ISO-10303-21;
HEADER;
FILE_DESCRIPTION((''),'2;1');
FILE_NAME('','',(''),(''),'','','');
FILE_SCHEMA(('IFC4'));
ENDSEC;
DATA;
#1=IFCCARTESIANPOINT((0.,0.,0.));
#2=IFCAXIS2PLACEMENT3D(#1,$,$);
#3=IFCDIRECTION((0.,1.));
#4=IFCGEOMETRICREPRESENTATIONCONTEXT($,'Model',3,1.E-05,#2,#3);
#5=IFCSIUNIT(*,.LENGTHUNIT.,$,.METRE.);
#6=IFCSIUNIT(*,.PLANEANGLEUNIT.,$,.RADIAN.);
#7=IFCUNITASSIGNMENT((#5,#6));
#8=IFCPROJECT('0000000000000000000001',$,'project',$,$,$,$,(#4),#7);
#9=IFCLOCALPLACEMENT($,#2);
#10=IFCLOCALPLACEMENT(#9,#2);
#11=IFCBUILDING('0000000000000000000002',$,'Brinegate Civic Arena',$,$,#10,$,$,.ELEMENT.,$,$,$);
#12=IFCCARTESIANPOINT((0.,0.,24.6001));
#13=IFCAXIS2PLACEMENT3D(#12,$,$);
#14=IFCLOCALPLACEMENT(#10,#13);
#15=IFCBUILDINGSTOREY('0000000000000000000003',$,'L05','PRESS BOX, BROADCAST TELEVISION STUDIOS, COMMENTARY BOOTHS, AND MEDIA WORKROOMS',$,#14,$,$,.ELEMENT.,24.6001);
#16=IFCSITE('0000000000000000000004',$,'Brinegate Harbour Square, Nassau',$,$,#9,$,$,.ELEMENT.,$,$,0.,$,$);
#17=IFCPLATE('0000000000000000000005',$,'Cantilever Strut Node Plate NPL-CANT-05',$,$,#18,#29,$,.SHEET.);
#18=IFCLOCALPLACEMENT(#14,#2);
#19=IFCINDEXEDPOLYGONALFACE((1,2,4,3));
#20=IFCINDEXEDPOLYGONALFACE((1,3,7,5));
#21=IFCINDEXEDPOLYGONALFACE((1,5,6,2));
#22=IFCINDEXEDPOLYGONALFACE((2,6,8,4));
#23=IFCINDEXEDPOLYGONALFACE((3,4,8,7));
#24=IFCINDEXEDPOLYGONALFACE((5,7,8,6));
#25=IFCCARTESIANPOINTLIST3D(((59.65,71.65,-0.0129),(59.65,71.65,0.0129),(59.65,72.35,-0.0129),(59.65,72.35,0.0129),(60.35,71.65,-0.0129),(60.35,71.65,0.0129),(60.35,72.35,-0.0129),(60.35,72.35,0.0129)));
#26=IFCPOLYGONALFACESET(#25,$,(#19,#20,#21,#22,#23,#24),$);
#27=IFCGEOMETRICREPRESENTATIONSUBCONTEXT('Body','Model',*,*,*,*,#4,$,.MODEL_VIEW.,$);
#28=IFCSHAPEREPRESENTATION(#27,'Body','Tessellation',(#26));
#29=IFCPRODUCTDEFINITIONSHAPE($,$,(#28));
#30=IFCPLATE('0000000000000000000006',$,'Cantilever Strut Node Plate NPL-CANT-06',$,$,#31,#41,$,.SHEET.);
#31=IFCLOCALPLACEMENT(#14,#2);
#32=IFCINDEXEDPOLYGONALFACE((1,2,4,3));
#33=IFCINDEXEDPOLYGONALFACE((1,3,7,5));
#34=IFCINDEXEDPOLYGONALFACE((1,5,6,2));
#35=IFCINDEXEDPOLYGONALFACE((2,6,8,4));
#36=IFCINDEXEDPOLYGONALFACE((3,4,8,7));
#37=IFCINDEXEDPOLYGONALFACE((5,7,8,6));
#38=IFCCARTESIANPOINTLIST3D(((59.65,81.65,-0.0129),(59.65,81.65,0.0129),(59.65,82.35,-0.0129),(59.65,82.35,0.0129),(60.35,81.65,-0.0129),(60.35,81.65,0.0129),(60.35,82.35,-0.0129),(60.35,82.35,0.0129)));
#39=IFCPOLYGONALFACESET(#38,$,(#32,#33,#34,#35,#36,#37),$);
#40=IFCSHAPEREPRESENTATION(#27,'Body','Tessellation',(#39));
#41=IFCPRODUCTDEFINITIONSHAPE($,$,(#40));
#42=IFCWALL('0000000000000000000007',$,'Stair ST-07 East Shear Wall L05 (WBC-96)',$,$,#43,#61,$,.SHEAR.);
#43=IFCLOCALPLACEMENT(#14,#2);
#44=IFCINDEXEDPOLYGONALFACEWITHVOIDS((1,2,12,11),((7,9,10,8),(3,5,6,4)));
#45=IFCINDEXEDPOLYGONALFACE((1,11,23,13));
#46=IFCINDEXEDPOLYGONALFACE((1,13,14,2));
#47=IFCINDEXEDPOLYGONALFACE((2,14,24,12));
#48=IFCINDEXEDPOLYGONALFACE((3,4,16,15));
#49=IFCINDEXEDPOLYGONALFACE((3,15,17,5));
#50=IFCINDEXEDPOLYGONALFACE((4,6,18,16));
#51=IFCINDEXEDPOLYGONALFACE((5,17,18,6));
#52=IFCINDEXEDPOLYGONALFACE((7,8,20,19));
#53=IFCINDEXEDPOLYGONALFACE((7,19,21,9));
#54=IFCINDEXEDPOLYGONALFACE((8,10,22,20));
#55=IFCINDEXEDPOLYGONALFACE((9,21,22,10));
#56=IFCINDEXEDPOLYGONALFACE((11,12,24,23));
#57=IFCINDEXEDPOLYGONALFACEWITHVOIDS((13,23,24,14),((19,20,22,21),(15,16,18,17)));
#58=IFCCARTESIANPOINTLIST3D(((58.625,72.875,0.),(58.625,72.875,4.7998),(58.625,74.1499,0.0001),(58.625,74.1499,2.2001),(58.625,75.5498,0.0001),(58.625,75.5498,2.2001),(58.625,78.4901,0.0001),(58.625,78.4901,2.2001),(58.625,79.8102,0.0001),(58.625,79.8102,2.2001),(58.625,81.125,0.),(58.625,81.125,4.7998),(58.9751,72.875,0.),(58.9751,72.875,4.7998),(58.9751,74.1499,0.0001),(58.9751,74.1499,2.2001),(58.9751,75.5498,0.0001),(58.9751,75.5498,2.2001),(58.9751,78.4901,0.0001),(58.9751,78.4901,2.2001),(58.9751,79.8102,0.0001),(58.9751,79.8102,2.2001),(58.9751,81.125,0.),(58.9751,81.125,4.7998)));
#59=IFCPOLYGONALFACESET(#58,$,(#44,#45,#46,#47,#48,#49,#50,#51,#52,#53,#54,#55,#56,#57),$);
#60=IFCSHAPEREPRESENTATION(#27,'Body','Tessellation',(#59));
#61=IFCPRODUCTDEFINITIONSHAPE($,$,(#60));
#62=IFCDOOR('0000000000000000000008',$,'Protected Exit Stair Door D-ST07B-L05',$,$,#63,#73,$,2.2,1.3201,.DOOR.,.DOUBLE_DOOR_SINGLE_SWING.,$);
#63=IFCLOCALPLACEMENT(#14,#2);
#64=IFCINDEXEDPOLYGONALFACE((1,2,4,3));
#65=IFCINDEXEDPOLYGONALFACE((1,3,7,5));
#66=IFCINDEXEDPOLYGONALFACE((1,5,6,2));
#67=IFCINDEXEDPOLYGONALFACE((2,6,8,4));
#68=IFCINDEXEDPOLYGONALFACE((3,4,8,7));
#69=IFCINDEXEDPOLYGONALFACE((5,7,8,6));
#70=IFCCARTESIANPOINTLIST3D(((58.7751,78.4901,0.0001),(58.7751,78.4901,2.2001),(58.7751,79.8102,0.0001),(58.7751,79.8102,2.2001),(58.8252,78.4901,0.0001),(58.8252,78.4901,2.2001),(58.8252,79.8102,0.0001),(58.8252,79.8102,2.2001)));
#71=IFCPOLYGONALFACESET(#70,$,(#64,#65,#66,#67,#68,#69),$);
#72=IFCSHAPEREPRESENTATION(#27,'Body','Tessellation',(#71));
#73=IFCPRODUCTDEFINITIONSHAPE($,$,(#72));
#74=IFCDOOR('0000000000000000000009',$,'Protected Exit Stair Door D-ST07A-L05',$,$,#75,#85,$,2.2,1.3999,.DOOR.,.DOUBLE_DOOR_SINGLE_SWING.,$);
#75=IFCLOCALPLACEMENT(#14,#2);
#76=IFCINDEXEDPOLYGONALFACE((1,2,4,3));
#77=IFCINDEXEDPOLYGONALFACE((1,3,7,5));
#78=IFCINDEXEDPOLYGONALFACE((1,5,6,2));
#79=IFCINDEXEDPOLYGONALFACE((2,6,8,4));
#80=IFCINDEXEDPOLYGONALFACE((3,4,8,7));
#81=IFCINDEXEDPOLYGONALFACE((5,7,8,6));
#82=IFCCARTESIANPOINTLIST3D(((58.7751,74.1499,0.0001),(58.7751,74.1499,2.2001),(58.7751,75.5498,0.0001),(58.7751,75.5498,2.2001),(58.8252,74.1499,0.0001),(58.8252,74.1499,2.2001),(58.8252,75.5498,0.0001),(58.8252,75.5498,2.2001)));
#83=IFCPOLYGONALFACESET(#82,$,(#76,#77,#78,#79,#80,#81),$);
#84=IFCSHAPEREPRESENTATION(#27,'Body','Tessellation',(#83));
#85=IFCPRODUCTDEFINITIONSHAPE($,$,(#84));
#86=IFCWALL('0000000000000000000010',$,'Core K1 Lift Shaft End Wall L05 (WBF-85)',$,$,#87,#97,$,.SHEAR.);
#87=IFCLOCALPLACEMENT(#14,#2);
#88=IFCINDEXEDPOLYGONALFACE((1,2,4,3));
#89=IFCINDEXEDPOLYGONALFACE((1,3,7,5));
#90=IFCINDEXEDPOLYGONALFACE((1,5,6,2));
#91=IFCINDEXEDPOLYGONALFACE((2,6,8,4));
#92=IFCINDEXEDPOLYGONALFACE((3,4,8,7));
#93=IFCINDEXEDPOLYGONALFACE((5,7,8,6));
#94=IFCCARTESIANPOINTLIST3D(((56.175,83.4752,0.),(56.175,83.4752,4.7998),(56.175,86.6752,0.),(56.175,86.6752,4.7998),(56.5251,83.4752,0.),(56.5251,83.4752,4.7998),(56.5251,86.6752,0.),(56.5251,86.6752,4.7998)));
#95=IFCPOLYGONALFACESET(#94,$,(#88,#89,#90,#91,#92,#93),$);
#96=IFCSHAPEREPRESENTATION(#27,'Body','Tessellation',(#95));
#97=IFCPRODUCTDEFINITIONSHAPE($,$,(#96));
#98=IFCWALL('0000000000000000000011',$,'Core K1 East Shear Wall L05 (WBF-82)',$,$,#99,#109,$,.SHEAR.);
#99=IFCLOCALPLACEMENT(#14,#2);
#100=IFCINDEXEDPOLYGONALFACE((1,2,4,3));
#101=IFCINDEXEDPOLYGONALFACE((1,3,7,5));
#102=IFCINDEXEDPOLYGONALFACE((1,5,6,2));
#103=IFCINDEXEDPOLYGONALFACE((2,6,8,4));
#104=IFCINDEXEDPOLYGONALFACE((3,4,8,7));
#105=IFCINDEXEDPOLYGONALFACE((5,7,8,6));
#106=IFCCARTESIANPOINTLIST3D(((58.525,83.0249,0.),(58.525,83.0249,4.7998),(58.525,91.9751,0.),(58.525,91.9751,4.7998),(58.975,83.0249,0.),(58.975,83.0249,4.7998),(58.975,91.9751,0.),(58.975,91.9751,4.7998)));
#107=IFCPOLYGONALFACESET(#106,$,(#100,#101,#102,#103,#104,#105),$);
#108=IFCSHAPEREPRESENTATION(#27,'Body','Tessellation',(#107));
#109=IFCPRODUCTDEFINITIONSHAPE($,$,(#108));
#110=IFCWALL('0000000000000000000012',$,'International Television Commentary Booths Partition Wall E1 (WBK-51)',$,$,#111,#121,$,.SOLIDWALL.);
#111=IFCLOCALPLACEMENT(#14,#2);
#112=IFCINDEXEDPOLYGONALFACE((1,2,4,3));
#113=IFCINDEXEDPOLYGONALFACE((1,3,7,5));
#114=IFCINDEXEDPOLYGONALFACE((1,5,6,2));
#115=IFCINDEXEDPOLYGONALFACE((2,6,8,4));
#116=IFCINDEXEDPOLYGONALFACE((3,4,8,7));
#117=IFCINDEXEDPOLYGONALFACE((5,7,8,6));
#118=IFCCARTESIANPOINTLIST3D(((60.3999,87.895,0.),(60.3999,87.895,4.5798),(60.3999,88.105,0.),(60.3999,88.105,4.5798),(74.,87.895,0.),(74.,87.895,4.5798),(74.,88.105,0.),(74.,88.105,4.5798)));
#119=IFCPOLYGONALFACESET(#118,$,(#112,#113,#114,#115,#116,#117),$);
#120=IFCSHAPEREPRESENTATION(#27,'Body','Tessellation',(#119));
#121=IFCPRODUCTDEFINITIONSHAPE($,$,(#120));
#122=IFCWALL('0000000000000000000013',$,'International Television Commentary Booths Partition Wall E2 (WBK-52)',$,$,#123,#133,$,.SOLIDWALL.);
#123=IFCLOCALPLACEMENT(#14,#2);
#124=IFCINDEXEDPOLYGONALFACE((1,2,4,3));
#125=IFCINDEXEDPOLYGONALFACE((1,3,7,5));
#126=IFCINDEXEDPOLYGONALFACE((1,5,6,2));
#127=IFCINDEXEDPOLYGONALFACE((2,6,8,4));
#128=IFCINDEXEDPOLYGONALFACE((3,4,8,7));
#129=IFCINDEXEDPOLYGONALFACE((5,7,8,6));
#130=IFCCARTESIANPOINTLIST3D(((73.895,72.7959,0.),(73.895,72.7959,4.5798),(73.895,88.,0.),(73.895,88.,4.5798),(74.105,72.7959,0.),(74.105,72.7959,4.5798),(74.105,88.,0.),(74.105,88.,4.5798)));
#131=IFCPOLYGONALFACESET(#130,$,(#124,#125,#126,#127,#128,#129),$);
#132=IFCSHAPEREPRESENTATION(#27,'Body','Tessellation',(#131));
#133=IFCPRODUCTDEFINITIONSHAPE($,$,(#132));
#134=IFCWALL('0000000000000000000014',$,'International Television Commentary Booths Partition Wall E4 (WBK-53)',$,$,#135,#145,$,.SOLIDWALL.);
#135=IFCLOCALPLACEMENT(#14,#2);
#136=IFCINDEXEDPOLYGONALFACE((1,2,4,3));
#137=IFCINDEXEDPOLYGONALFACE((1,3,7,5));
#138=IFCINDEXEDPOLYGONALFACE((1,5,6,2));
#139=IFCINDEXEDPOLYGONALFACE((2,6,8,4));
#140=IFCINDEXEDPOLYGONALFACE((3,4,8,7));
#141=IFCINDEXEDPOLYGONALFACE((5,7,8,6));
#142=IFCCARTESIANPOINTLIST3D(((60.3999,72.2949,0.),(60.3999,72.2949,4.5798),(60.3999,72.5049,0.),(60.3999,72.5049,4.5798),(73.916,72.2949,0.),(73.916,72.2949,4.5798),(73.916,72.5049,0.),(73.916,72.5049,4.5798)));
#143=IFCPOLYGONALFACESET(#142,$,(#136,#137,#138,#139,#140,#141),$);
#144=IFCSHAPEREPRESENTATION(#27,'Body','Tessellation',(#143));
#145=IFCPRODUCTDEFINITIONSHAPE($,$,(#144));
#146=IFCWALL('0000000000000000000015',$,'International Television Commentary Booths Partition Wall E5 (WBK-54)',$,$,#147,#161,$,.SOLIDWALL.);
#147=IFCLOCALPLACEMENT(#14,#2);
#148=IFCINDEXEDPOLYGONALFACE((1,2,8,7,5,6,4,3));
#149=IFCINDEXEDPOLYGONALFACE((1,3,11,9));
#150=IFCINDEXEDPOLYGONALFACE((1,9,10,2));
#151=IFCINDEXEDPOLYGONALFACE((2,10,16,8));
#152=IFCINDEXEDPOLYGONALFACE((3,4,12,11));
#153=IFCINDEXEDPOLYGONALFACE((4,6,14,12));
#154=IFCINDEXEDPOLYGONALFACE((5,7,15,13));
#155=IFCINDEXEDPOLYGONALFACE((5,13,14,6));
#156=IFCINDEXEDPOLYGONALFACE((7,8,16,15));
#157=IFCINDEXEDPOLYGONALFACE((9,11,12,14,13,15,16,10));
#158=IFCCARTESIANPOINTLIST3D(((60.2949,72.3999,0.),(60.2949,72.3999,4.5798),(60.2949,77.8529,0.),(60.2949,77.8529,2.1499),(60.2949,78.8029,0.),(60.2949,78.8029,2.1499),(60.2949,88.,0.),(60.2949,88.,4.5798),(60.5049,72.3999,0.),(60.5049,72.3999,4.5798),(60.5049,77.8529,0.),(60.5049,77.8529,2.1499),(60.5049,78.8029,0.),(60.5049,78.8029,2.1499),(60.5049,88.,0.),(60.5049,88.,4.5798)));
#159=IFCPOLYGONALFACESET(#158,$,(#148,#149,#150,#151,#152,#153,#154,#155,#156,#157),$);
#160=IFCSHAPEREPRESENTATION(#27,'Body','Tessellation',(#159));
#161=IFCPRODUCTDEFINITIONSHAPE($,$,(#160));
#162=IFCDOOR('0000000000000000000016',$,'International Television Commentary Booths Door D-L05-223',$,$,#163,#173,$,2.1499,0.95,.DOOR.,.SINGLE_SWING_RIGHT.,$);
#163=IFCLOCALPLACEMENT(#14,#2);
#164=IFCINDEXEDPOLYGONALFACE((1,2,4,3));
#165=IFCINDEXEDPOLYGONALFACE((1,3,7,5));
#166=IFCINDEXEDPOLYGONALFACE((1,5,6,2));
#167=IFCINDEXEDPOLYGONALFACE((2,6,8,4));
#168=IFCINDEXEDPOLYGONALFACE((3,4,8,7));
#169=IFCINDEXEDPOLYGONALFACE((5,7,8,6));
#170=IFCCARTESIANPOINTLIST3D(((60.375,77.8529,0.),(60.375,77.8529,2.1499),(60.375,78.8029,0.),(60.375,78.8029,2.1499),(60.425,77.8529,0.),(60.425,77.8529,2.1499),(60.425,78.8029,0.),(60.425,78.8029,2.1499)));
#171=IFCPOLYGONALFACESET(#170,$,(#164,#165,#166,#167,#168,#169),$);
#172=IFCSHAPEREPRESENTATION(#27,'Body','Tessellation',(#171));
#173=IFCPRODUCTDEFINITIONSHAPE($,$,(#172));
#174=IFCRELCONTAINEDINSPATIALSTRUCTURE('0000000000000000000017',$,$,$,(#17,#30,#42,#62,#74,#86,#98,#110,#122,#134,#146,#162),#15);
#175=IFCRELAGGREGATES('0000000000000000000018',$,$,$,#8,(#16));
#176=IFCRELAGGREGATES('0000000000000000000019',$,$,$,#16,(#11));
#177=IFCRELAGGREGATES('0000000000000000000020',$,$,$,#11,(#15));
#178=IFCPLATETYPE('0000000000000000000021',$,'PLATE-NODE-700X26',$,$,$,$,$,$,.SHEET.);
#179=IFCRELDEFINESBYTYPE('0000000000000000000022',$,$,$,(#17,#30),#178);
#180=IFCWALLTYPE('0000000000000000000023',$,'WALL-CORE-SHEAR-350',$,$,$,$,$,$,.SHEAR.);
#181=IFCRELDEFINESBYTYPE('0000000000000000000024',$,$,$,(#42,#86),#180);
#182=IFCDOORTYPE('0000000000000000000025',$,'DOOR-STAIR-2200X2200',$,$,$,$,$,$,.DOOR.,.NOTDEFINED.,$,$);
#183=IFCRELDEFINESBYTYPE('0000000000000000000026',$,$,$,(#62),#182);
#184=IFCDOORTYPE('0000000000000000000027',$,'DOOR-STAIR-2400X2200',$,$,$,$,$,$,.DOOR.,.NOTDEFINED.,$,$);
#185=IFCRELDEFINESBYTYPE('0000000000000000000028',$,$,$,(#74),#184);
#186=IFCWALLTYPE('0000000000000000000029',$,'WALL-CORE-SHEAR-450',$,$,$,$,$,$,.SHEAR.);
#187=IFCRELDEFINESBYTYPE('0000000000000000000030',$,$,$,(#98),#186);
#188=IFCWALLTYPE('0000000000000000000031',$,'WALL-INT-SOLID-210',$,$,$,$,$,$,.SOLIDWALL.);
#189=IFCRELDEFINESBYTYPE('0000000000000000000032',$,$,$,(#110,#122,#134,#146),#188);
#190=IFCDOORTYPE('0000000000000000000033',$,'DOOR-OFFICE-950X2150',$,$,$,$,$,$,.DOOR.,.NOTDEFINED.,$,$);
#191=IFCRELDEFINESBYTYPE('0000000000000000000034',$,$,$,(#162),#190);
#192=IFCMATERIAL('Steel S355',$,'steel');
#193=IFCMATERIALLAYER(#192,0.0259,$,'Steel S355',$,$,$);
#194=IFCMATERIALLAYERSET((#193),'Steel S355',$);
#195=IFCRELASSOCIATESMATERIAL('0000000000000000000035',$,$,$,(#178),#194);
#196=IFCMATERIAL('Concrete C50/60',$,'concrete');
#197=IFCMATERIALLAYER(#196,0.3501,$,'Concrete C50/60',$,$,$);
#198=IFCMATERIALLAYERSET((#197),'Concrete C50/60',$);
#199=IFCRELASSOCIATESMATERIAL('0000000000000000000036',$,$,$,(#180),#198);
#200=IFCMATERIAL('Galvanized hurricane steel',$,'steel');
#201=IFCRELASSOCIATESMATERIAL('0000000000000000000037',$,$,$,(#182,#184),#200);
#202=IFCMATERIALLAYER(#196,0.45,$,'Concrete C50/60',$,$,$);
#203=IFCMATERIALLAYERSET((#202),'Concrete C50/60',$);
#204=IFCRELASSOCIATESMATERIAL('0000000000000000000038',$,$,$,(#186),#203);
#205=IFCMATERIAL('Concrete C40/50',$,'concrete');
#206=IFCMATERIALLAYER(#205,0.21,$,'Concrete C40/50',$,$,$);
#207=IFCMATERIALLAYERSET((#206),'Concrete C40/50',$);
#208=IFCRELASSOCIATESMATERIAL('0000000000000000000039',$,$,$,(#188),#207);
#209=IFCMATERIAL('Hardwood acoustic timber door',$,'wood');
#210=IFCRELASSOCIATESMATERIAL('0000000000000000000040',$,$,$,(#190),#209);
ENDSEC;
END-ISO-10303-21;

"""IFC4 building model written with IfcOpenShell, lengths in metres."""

from ifc_helpers import new_model, si_unit, direction, frame, frame_2d, origin, origin_2d, place, context, subcontext, project, spatial, rectangle, extrude, material, layer, layer_set, type_object, element, fill, save


model = new_model("IFC4")

# Units and contexts
model_context = context("Model", 3, precision=1e-05, world=origin(), true_north=direction((0.0, 1.0)))
body_context = subcontext(model_context, "Body", "Model", "MODEL_VIEW")
ifc_project = project(units=[si_unit("LENGTHUNIT", "METRE"), si_unit("PLANEANGLEUNIT", "RADIAN")], contexts=[model_context])

# Site, building, storey
site_placement = place(None, origin())
site = spatial("IfcSite", under=ifc_project, at=site_placement, Name="Brinegate Harbour Square, Nassau", CompositionType="ELEMENT", RefElevation=0.0)
building_placement = place(site_placement, origin())
building = spatial("IfcBuilding", under=site, at=building_placement, Name="Brinegate Civic Arena", CompositionType="ELEMENT")
storey_placement = place(building_placement, frame((0.0, 0.0, 24.6001)))
storey = spatial("IfcBuildingStorey", under=building, at=storey_placement, Name="L05", Description="PRESS BOX, BROADCAST TELEVISION STUDIOS, COMMENTARY BOOTHS, AND MEDIA WORKROOMS", CompositionType="ELEMENT", Elevation=24.6001)

# Shared definitions
ifc_material_1 = material(Name="Steel S355", Category="steel")

# Shared definitions
ifc_material_2 = material(Name="Concrete C50/60", Category="concrete")

# Plates
ifc_layer_1 = layer(ifc_material_1, 0.0259, Name="Steel S355")
ifc_layer_set_1 = layer_set([ifc_layer_1], Name="Steel S355")
plate_type = type_object("IfcPlateType", Name="PLATE-NODE-700X26", PredefinedType="SHEET", material=ifc_layer_set_1)
for number, where, z_axis, x_axis, name in (
    (1, (60.0, 72.0, -0.0129), (0.0, 0.0, 1.0), (1.0, 0.0, 0.0), "Cantilever Strut Node Plate NPL-CANT-05"),
    (2, (60.0, 82.0, -0.0129), (0.0, 0.0, 1.0), (1.0, 0.0, 0.0), "Cantilever Strut Node Plate NPL-CANT-06"),
):
    element("IfcPlate", number, at=place(storey_placement, frame(where, z_axis=z_axis, x_axis=x_axis)), inside=storey, type_object=plate_type, Name=name, PredefinedType="SHEET", context=body_context, shape_type="SweptSolid", body=[
        extrude(rectangle(XDim=0.7, YDim=0.7, at=origin_2d()), origin(), (0.0, 0.0, 1.0), 0.0259),
    ])

# Wall, openings, doors
ifc_layer_2 = layer(ifc_material_2, 0.3501, Name="Concrete C50/60")
ifc_layer_set_2 = layer_set([ifc_layer_2], Name="Concrete C50/60")
wall_type_1 = type_object("IfcWallType", Name="WALL-CORE-SHEAR-350", PredefinedType="SHEAR", material=ifc_layer_set_2)
wall_1_placement = place(storey_placement, frame((58.8, 72.875, 0.0), z_axis=(0.0, 0.0, 1.0), x_axis=(0.0, 1.0, 0.0)))
wall_1 = element("IfcWall", 3, at=wall_1_placement, inside=storey, type_object=wall_type_1, Name="Stair ST-07 East Shear Wall L05 (WBC-96)", PredefinedType="SHEAR", context=body_context, shape_type="SweptSolid", body=[
    extrude(rectangle(XDim=8.25, YDim=0.3501, at=frame_2d((4.125, 0.0))), origin(), (0.0, 0.0, 1.0), 4.7998),
])
opening_1_placement = place(wall_1_placement, frame((1.2749, 0.0, 0.0)))
opening_1 = element("IfcOpeningElement", 4, at=opening_1_placement, cuts=wall_1, PredefinedType="OPENING", context=body_context, shape_type="SweptSolid", body=[
    extrude(rectangle(XDim=1.3999, YDim=2.2, at=frame_2d((0.7, 1.1001))), frame((0.0, 0.1851, 0.0), z_axis=(0.0, -1.0, 0.0), x_axis=(1.0, 0.0, 0.0)), (0.0, 0.0, 1.0), 0.3701),
])
opening_2_placement = place(wall_1_placement, frame((5.615, 0.0, 0.0)))
opening_2 = element("IfcOpeningElement", 5, at=opening_2_placement, cuts=wall_1, PredefinedType="OPENING", context=body_context, shape_type="SweptSolid", body=[
    extrude(rectangle(XDim=1.3201, YDim=2.2, at=frame_2d((0.6602, 1.1001))), frame((0.0, 0.1851, 0.0), z_axis=(0.0, -1.0, 0.0), x_axis=(1.0, 0.0, 0.0)), (0.0, 0.0, 1.0), 0.3701),
])
ifc_material_3 = material(Name="Galvanized hurricane steel", Category="steel")
door_type_1 = type_object("IfcDoorType", Name="DOOR-STAIR-2200X2200", OperationType="NOTDEFINED", PredefinedType="DOOR", material=ifc_material_3)
door_1_placement = place(opening_2_placement, origin())
door_1 = element("IfcDoor", 6, at=door_1_placement, inside=storey, type_object=door_type_1, Name="Protected Exit Stair Door D-ST07B-L05", OperationType="DOUBLE_DOOR_SINGLE_SWING", OverallHeight=2.2, OverallWidth=1.3201, PredefinedType="DOOR", context=body_context, shape_type="SweptSolid", body=[
    extrude(rectangle(XDim=1.3201, YDim=2.2, at=frame_2d((0.6602, 1.1001))), frame((0.0, 0.0249, 0.0), z_axis=(0.0, -1.0, 0.0), x_axis=(1.0, 0.0, 0.0)), (0.0, 0.0, 1.0), 0.05),
])
fill(opening_2, door_1)
door_type_2 = type_object("IfcDoorType", Name="DOOR-STAIR-2400X2200", OperationType="NOTDEFINED", PredefinedType="DOOR", material=ifc_material_3)
door_2_placement = place(opening_1_placement, origin())
door_2 = element("IfcDoor", 7, at=door_2_placement, inside=storey, type_object=door_type_2, Name="Protected Exit Stair Door D-ST07A-L05", OperationType="DOUBLE_DOOR_SINGLE_SWING", OverallHeight=2.2, OverallWidth=1.3999, PredefinedType="DOOR", context=body_context, shape_type="SweptSolid", body=[
    extrude(rectangle(XDim=1.3999, YDim=2.2, at=frame_2d((0.7, 1.1001))), frame((0.0, 0.0249, 0.0), z_axis=(0.0, -1.0, 0.0), x_axis=(1.0, 0.0, 0.0)), (0.0, 0.0, 1.0), 0.05),
])
fill(opening_1, door_2)

# Walls
wall_2_placement = place(storey_placement, frame((56.3501, 83.4751, 0.0), z_axis=(0.0, 0.0, 1.0), x_axis=(0.0, 1.0, 0.0)))
element("IfcWall", 8, at=wall_2_placement, inside=storey, type_object=wall_type_1, Name="Core K1 Lift Shaft End Wall L05 (WBF-85)", PredefinedType="SHEAR", context=body_context, shape_type="SweptSolid", body=[
    extrude(rectangle(XDim=3.2, YDim=0.3501, at=frame_2d((1.6001, 0.0))), origin(), (0.0, 0.0, 1.0), 4.7998),
])
ifc_layer_3 = layer(ifc_material_2, 0.45, Name="Concrete C50/60")
ifc_layer_set_3 = layer_set([ifc_layer_3], Name="Concrete C50/60")
wall_type_2 = type_object("IfcWallType", Name="WALL-CORE-SHEAR-450", PredefinedType="SHEAR", material=ifc_layer_set_3)
wall_3_placement = place(storey_placement, frame((58.75, 83.0249, 0.0), z_axis=(0.0, 0.0, 1.0), x_axis=(0.0, 1.0, 0.0)))
element("IfcWall", 9, at=wall_3_placement, inside=storey, type_object=wall_type_2, Name="Core K1 East Shear Wall L05 (WBF-82)", PredefinedType="SHEAR", context=body_context, shape_type="SweptSolid", body=[
    extrude(rectangle(XDim=8.9502, YDim=0.45, at=frame_2d((4.4751, 0.0))), origin(), (0.0, 0.0, 1.0), 4.7998),
])
ifc_material_4 = material(Name="Concrete C40/50", Category="concrete")
ifc_layer_4 = layer(ifc_material_4, 0.21, Name="Concrete C40/50")
ifc_layer_set_4 = layer_set([ifc_layer_4], Name="Concrete C40/50")
wall_type_3 = type_object("IfcWallType", Name="WALL-INT-SOLID-210", PredefinedType="SOLIDWALL", material=ifc_layer_set_4)
wall_4_placement = place(storey_placement, frame((60.3999, 88.0, 0.0), z_axis=(0.0, 0.0, 1.0), x_axis=(1.0, 0.0, 0.0)))
element("IfcWall", 10, at=wall_4_placement, inside=storey, type_object=wall_type_3, Name="International Television Commentary Booths Partition Wall E1 (WBK-51)", PredefinedType="SOLIDWALL", context=body_context, shape_type="SweptSolid", body=[
    extrude(rectangle(XDim=13.6001, YDim=0.21, at=frame_2d((6.8, 0.0))), origin(), (0.0, 0.0, 1.0), 4.5798),
])
wall_5_placement = place(storey_placement, frame((74.0, 88.0, 0.0), z_axis=(0.0, 0.0, 1.0), x_axis=(0.0, -1.0, 0.0)))
element("IfcWall", 11, at=wall_5_placement, inside=storey, type_object=wall_type_3, Name="International Television Commentary Booths Partition Wall E2 (WBK-52)", PredefinedType="SOLIDWALL", context=body_context, shape_type="SweptSolid", body=[
    extrude(rectangle(XDim=15.2041, YDim=0.21, at=frame_2d((7.6021, 0.0))), origin(), (0.0, 0.0, 1.0), 4.5798),
])
wall_6_placement = place(storey_placement, frame((73.916, 72.3999, 0.0), z_axis=(0.0, 0.0, 1.0), x_axis=(-1.0, 0.0, 0.0)))
element("IfcWall", 12, at=wall_6_placement, inside=storey, type_object=wall_type_3, Name="International Television Commentary Booths Partition Wall E4 (WBK-53)", PredefinedType="SOLIDWALL", context=body_context, shape_type="SweptSolid", body=[
    extrude(rectangle(XDim=13.5161, YDim=0.21, at=frame_2d((6.7581, 0.0))), origin(), (0.0, 0.0, 1.0), 4.5798),
])

# Wall, opening, door
wall_7_placement = place(storey_placement, frame((60.3999, 72.3999, 0.0), z_axis=(0.0, 0.0, 1.0), x_axis=(0.0, 1.0, 0.0)))
wall_7 = element("IfcWall", 13, at=wall_7_placement, inside=storey, type_object=wall_type_3, Name="International Television Commentary Booths Partition Wall E5 (WBK-54)", PredefinedType="SOLIDWALL", context=body_context, shape_type="SweptSolid", body=[
    extrude(rectangle(XDim=15.6001, YDim=0.21, at=frame_2d((7.8, 0.0))), origin(), (0.0, 0.0, 1.0), 4.5798),
])
opening_3_placement = place(wall_7_placement, frame((5.4529, 0.0, 0.0)))
opening_3 = element("IfcOpeningElement", 14, at=opening_3_placement, cuts=wall_7, PredefinedType="OPENING", context=body_context, shape_type="SweptSolid", body=[
    extrude(rectangle(XDim=0.95, YDim=2.1499, at=frame_2d((0.4751, 1.075))), frame((0.0, 0.115, 0.0), z_axis=(0.0, -1.0, 0.0), x_axis=(1.0, 0.0, 0.0)), (0.0, 0.0, 1.0), 0.23),
])
ifc_material_5 = material(Name="Hardwood acoustic timber door", Category="wood")
door_type_3 = type_object("IfcDoorType", Name="DOOR-OFFICE-950X2150", OperationType="NOTDEFINED", PredefinedType="DOOR", material=ifc_material_5)
door_3_placement = place(opening_3_placement, origin())
door_3 = element("IfcDoor", 15, at=door_3_placement, inside=storey, type_object=door_type_3, Name="International Television Commentary Booths Door D-L05-223", OperationType="SINGLE_SWING_RIGHT", OverallHeight=2.1499, OverallWidth=0.95, PredefinedType="DOOR", context=body_context, shape_type="SweptSolid", body=[
    extrude(rectangle(XDim=0.95, YDim=2.1499, at=frame_2d((0.4751, 1.075))), frame((0.0, 0.0249, 0.0), z_axis=(0.0, -1.0, 0.0), x_axis=(1.0, 0.0, 0.0)), (0.0, 0.0, 1.0), 0.05),
])
fill(opening_3, door_3)

save(model, "model.ifc")
